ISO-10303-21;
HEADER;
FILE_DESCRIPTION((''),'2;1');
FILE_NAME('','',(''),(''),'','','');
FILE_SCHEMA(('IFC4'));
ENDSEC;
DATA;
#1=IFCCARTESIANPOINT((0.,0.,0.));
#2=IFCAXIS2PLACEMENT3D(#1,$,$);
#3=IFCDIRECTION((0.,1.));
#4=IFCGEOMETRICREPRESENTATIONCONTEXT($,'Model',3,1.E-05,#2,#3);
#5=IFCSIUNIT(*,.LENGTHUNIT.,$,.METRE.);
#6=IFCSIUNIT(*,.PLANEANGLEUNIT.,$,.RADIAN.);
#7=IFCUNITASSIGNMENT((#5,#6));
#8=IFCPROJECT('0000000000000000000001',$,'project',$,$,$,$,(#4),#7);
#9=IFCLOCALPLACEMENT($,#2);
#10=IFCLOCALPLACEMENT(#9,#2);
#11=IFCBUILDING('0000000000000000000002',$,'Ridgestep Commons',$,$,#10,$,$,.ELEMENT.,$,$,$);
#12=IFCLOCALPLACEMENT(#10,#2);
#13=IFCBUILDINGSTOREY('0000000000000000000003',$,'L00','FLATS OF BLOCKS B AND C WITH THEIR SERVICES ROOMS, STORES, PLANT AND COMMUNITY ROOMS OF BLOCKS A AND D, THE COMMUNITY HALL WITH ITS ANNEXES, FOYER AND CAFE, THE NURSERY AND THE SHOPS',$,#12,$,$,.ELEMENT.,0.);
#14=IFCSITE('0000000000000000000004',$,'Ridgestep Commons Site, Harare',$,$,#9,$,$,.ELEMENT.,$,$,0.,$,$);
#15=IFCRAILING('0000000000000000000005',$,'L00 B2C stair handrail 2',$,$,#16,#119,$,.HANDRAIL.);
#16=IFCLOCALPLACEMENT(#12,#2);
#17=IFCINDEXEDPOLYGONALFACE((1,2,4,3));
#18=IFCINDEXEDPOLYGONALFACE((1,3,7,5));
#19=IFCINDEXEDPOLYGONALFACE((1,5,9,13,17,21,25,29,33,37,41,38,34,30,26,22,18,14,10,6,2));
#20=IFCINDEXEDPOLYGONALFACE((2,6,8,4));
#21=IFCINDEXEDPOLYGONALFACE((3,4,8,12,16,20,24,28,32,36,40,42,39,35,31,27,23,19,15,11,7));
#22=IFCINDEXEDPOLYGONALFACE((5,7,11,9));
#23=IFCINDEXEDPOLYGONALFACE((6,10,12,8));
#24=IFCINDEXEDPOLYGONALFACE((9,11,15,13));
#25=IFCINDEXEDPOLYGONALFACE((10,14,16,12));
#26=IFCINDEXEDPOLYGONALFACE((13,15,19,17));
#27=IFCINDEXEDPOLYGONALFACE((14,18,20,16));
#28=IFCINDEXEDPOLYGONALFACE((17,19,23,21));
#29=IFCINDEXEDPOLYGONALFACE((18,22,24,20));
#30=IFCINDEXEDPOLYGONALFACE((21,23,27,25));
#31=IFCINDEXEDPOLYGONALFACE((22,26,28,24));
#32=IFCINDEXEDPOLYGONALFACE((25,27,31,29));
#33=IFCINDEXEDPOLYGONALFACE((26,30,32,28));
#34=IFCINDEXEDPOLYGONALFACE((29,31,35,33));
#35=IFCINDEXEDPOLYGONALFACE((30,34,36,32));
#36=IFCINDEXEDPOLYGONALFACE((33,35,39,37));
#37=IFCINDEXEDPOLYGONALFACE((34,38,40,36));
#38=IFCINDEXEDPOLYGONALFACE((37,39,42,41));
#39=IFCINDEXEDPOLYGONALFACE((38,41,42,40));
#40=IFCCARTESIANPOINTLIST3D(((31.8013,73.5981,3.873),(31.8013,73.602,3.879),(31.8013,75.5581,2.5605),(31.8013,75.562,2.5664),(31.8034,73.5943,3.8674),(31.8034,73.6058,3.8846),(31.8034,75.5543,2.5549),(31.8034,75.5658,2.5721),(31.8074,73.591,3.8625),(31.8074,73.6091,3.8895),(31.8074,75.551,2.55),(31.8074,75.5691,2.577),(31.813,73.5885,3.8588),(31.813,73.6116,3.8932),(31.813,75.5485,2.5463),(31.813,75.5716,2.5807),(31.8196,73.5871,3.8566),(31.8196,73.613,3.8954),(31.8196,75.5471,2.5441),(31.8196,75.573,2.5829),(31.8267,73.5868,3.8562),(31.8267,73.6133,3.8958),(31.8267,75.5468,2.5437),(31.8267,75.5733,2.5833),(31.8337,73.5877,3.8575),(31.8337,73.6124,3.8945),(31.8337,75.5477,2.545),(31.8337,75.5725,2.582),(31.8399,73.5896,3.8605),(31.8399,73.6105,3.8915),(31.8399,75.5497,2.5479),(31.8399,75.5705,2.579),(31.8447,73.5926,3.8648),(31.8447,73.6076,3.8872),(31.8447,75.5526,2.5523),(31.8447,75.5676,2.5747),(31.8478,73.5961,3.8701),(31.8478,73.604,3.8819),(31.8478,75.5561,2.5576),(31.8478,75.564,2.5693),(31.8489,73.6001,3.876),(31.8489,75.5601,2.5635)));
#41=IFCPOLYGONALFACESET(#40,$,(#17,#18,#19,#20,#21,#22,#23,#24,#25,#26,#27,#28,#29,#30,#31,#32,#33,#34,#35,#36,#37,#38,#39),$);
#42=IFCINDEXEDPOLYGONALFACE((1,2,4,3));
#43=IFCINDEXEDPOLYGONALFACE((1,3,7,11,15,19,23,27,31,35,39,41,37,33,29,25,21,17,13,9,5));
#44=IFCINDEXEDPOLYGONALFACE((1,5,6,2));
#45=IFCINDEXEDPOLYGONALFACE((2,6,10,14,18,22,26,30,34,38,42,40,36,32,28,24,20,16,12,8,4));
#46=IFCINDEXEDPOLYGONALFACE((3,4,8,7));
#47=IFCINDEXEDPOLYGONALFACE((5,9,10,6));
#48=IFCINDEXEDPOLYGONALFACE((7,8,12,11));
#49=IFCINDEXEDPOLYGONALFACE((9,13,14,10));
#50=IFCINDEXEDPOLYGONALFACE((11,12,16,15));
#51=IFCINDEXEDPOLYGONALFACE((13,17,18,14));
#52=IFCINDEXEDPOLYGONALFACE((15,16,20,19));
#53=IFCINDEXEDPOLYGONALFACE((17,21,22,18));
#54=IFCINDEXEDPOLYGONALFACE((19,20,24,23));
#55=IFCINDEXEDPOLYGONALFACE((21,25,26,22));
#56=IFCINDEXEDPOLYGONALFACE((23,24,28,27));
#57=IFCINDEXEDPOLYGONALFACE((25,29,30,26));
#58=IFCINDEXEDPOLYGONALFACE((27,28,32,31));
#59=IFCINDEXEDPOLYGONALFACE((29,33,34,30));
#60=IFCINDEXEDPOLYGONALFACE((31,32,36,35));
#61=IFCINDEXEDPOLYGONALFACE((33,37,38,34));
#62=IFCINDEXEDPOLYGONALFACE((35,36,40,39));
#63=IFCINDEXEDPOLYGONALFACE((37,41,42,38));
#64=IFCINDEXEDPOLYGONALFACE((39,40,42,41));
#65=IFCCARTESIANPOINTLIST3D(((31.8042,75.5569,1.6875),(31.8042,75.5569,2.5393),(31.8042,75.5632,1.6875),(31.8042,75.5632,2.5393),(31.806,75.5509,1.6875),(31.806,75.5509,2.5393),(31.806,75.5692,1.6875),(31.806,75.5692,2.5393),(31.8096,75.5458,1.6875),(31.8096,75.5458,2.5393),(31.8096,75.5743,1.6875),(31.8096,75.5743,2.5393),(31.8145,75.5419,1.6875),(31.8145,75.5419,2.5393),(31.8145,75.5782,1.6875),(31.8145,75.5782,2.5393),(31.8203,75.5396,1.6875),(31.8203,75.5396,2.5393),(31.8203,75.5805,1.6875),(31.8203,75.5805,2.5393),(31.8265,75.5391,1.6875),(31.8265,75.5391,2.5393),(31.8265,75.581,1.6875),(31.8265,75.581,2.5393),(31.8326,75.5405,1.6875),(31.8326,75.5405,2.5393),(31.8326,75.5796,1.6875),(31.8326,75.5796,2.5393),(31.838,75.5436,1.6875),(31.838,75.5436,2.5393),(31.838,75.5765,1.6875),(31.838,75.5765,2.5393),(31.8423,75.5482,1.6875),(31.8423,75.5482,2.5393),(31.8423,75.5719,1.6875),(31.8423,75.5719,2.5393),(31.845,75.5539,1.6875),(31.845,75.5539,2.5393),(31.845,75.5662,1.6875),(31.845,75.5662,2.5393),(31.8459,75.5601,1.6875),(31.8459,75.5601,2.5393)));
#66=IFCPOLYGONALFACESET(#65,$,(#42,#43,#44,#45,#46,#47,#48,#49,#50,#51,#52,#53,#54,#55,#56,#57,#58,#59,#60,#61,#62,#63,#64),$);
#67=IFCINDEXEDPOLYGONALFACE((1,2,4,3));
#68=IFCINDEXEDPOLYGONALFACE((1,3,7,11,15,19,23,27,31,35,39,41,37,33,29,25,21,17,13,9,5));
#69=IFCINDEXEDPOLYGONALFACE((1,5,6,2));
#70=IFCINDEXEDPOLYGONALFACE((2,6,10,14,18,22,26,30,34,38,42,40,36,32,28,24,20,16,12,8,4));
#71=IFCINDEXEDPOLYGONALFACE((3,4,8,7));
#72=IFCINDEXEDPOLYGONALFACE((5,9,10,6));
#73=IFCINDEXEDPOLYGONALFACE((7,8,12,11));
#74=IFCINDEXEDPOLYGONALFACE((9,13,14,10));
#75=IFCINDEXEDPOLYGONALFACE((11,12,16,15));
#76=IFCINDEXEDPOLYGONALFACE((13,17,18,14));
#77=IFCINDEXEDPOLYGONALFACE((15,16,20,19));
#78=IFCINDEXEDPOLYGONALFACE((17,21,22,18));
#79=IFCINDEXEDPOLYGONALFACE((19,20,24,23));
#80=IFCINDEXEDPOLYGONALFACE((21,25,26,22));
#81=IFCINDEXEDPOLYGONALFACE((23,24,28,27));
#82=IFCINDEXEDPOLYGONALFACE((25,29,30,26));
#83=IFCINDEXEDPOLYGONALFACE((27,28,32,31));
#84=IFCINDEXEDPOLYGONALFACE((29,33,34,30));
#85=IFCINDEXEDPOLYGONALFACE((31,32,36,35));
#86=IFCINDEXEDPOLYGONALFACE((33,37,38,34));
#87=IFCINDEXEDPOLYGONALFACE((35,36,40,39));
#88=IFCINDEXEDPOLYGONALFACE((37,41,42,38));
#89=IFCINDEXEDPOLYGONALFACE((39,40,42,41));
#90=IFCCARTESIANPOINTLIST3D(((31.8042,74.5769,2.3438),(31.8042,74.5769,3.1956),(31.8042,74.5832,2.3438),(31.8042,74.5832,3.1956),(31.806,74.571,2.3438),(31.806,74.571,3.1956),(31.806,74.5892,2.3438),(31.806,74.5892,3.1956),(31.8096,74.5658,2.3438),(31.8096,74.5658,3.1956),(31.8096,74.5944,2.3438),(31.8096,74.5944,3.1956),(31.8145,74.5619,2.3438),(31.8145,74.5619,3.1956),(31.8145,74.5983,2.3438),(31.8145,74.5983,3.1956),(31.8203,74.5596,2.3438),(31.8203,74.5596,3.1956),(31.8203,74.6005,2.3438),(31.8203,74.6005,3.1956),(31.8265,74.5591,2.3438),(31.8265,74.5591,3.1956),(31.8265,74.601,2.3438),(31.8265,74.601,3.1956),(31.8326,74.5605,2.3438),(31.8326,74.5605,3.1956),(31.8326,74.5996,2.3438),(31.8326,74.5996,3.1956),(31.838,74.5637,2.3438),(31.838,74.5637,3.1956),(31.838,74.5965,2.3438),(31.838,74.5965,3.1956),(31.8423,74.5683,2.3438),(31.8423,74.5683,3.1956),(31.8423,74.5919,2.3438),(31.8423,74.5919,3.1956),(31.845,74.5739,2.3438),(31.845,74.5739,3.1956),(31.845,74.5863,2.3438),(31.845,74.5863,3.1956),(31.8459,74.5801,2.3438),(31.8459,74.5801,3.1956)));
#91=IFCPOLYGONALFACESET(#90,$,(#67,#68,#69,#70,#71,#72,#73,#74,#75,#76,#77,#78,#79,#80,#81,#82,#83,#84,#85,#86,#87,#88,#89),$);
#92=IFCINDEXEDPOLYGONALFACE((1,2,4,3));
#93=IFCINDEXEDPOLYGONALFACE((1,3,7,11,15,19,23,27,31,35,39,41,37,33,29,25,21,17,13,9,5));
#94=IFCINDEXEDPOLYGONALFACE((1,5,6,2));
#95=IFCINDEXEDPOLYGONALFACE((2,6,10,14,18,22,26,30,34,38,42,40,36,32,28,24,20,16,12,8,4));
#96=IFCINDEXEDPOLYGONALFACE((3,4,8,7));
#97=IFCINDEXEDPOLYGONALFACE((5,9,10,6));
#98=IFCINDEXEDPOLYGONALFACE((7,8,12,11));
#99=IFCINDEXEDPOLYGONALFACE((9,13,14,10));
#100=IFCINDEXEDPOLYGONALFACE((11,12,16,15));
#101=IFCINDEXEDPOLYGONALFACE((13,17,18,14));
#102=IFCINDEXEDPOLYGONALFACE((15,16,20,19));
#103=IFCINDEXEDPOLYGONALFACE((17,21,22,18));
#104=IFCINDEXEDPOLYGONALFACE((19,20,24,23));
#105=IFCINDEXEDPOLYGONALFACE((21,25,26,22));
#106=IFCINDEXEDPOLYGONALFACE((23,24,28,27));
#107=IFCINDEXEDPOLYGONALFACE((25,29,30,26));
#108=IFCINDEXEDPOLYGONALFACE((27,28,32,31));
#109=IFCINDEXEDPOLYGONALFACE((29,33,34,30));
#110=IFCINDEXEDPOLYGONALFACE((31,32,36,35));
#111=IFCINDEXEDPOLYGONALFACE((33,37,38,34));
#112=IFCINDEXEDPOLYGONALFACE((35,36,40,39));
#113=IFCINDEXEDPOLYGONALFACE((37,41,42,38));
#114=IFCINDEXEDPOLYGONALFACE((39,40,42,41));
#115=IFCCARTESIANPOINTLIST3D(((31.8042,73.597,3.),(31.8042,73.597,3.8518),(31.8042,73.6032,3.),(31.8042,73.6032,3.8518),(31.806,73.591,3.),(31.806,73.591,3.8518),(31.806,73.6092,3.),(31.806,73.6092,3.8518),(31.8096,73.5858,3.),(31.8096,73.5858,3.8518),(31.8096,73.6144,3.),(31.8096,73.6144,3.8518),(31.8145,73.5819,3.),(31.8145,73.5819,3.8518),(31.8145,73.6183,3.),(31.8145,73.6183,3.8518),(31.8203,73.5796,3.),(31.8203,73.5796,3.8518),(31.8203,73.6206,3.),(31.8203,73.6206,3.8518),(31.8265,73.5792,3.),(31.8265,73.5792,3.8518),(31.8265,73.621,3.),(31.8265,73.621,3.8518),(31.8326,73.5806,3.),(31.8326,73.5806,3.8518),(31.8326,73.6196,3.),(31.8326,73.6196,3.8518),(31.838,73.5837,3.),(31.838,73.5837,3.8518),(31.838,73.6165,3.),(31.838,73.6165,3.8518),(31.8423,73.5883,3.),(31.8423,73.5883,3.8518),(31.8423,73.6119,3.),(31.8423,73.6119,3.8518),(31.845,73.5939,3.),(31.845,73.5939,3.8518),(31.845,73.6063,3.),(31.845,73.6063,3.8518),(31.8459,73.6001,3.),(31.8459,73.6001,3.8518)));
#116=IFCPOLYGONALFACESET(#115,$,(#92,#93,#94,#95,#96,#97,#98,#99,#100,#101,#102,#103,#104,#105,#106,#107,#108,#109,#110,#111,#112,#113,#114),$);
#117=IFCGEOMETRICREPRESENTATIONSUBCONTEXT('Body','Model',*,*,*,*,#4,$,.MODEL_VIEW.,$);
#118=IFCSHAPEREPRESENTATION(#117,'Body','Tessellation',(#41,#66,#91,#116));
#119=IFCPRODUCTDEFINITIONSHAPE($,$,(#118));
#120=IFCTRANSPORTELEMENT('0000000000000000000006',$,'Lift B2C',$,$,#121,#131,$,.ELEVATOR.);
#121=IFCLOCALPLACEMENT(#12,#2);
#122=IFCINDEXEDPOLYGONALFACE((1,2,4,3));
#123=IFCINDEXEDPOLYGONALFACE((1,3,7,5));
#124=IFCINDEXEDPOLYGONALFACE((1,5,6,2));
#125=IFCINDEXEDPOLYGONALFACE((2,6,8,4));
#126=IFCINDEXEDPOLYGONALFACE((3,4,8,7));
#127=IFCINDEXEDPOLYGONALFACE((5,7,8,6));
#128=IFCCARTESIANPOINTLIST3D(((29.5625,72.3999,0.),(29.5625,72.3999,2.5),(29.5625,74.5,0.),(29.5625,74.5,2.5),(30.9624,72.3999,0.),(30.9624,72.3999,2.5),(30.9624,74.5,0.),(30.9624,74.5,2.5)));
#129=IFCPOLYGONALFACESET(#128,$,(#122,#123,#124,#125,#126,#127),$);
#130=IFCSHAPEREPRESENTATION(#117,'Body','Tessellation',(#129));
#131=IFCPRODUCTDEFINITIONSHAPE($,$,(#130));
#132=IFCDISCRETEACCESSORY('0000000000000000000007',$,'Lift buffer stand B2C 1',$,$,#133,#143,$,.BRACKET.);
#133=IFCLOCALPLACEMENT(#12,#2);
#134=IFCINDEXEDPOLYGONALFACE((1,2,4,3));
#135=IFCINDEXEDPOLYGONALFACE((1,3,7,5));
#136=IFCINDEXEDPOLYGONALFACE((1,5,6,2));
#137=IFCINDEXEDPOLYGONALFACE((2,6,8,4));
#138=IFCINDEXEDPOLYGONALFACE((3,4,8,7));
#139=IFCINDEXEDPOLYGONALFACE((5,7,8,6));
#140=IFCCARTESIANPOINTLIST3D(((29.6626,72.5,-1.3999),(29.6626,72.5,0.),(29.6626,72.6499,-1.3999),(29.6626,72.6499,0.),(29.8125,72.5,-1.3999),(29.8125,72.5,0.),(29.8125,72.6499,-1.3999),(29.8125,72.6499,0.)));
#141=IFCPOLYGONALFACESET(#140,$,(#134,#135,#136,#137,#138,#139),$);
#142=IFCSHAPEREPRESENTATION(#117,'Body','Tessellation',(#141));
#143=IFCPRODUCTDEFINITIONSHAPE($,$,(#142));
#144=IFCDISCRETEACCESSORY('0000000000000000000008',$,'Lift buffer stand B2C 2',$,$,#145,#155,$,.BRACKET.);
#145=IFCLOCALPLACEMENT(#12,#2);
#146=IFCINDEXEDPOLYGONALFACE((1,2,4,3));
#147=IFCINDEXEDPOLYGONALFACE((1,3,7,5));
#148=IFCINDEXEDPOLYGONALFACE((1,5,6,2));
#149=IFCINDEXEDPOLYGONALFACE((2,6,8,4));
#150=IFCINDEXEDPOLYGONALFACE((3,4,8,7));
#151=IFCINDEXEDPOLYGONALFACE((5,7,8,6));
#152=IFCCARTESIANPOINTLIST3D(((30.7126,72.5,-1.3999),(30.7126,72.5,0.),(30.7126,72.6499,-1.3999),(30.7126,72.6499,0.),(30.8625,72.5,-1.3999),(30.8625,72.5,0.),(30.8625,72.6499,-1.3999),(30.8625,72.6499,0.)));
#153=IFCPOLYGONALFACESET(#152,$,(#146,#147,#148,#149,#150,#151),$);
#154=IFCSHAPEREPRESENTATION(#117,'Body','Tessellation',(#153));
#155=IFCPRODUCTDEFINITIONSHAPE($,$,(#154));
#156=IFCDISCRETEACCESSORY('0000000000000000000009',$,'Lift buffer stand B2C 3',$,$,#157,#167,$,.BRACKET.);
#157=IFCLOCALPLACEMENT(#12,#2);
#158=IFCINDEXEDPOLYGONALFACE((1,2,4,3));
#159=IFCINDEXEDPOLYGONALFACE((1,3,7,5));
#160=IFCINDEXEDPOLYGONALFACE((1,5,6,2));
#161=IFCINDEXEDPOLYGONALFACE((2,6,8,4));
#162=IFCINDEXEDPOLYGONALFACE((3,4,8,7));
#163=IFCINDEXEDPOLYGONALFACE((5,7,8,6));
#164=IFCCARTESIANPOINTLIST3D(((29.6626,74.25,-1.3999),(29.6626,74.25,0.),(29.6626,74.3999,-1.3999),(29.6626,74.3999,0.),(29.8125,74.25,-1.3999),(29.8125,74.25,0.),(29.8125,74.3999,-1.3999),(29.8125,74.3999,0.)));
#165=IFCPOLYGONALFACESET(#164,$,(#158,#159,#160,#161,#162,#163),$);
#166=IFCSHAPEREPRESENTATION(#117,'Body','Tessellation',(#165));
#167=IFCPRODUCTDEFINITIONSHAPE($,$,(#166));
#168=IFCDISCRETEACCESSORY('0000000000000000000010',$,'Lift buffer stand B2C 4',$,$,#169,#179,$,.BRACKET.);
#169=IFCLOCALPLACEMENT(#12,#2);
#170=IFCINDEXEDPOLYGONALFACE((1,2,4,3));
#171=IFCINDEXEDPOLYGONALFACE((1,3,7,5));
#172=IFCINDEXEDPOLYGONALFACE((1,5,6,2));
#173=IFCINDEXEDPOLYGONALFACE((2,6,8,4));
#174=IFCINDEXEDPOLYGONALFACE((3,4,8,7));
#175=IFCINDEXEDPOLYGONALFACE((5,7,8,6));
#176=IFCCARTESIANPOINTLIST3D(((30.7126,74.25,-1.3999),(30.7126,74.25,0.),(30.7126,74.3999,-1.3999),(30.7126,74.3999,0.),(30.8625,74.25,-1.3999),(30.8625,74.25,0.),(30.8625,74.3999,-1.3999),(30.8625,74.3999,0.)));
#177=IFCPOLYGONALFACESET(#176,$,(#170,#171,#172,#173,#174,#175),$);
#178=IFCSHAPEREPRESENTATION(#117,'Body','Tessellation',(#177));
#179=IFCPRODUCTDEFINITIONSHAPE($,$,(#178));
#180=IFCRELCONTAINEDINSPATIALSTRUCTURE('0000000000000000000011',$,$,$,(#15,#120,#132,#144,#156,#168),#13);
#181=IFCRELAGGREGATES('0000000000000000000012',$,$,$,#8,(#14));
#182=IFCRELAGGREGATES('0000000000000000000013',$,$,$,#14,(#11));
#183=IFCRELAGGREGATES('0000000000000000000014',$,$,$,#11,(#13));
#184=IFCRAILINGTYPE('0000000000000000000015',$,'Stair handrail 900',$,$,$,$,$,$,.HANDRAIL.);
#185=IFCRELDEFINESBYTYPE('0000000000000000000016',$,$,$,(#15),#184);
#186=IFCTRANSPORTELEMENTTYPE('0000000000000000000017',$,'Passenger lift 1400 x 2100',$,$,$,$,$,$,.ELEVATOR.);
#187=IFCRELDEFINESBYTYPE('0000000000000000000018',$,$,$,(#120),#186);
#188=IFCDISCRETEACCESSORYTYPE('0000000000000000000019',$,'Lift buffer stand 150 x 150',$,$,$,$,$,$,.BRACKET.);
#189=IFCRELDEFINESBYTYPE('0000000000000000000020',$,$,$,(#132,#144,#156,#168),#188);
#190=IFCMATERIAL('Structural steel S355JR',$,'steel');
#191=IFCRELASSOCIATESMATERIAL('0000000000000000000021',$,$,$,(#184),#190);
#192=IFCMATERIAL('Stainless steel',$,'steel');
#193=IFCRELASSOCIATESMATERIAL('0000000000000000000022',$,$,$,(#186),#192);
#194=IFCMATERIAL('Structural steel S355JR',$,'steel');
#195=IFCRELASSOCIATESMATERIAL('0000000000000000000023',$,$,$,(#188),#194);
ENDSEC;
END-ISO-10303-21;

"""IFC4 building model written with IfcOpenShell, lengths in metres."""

from ifc_helpers import new_model, si_unit, direction, frame, origin, origin_2d, place, context, subcontext, project, spatial, rectangle, circle, extrude, material, type_object, element, save


model = new_model("IFC4")

# Units and contexts
model_context = context("Model", 3, precision=1e-05, world=origin(), true_north=direction((0.0, 1.0)))
body_context = subcontext(model_context, "Body", "Model", "MODEL_VIEW")
ifc_project = project(units=[si_unit("LENGTHUNIT", "METRE"), si_unit("PLANEANGLEUNIT", "RADIAN")], contexts=[model_context])

# Site, building, storey
site_placement = place(None, origin())
site = spatial("IfcSite", under=ifc_project, at=site_placement, Name="Ridgestep Commons Site, Harare", CompositionType="ELEMENT", RefElevation=0.0)
building_placement = place(site_placement, origin())
building = spatial("IfcBuilding", under=site, at=building_placement, Name="Ridgestep Commons", CompositionType="ELEMENT")
storey_placement = place(building_placement, origin())
storey = spatial("IfcBuildingStorey", under=building, at=storey_placement, Name="L00", Description="FLATS OF BLOCKS B AND C WITH THEIR SERVICES ROOMS, STORES, PLANT AND COMMUNITY ROOMS OF BLOCKS A AND D, THE COMMUNITY HALL WITH ITS ANNEXES, FOYER AND CAFE, THE NURSERY AND THE SHOPS", CompositionType="ELEMENT", Elevation=0.0)

# Railing
ifc_material_1 = material(Name="Structural steel S355JR", Category="steel")
railing_type_1 = type_object("IfcRailingType", Name="Stair handrail 900", PredefinedType="HANDRAIL", material=ifc_material_1)
railing_1_placement = place(storey_placement, frame((31.825, 75.5601, 1.6875)))
element("IfcRailing", 1, at=railing_1_placement, inside=storey, type_object=railing_type_1, Name="L00 B2C stair handrail 2", PredefinedType="HANDRAIL", context=body_context, shape_type="SweptSolid", body=[
    extrude(circle(Radius=0.0239, at=origin_2d()), frame((0.0, 0.0, 0.876), z_axis=(0.0, -0.830902, 0.556419), x_axis=(1.0, 0.0, 0.0)), (0.0, 0.0, 1.0), 2.3589),
    extrude(circle(Radius=0.021, at=origin_2d()), origin(), (0.0, 0.0, 1.0), 0.8518),
    extrude(circle(Radius=0.021, at=origin_2d()), frame((0.0, -0.98, 0.6562)), (0.0, 0.0, 1.0), 0.8518),
    extrude(circle(Radius=0.021, at=origin_2d()), frame((0.0, -1.96, 1.3125)), (0.0, 0.0, 1.0), 0.8518),
])

# Transport element
ifc_material_2 = material(Name="Stainless steel", Category="steel")
transport_element_type = type_object("IfcTransportElementType", Name="Passenger lift 1400 x 2100", PredefinedType="ELEVATOR", material=ifc_material_2)
transport_element_placement = place(storey_placement, frame((30.2625, 73.45, 0.0), z_axis=(0.0, 0.0, 1.0), x_axis=(1.0, 0.0, 0.0)))
element("IfcTransportElement", 2, at=transport_element_placement, inside=storey, type_object=transport_element_type, Name="Lift B2C", PredefinedType="ELEVATOR", context=body_context, shape_type="SweptSolid", body=[
    extrude(rectangle(XDim=1.3999, YDim=2.1001, at=origin_2d()), origin(), (0.0, 0.0, 1.0), 2.5),
])

# Discrete accessories
ifc_material_3 = material(Name="Structural steel S355JR", Category="steel")
discrete_accessory_type = type_object("IfcDiscreteAccessoryType", Name="Lift buffer stand 150 x 150", PredefinedType="BRACKET", material=ifc_material_3)
for number, where, z_axis, x_axis, name in (
    (3, (29.7375, 72.575, -1.3999), (0.0, 0.0, 1.0), (1.0, 0.0, 0.0), "Lift buffer stand B2C 1"),
    (4, (30.7876, 72.575, -1.3999), (0.0, 0.0, 1.0), (1.0, 0.0, 0.0), "Lift buffer stand B2C 2"),
    (5, (29.7375, 74.325, -1.3999), (0.0, 0.0, 1.0), (1.0, 0.0, 0.0), "Lift buffer stand B2C 3"),
    (6, (30.7876, 74.325, -1.3999), (0.0, 0.0, 1.0), (1.0, 0.0, 0.0), "Lift buffer stand B2C 4"),
):
    element("IfcDiscreteAccessory", number, at=place(storey_placement, frame(where, z_axis=z_axis, x_axis=x_axis)), inside=storey, type_object=discrete_accessory_type, Name=name, PredefinedType="BRACKET", context=body_context, shape_type="SweptSolid", body=[
        extrude(rectangle(XDim=0.1499, YDim=0.1499, at=origin_2d()), origin(), (0.0, 0.0, 1.0), 1.3999),
    ])

save(model, "model.ifc")
